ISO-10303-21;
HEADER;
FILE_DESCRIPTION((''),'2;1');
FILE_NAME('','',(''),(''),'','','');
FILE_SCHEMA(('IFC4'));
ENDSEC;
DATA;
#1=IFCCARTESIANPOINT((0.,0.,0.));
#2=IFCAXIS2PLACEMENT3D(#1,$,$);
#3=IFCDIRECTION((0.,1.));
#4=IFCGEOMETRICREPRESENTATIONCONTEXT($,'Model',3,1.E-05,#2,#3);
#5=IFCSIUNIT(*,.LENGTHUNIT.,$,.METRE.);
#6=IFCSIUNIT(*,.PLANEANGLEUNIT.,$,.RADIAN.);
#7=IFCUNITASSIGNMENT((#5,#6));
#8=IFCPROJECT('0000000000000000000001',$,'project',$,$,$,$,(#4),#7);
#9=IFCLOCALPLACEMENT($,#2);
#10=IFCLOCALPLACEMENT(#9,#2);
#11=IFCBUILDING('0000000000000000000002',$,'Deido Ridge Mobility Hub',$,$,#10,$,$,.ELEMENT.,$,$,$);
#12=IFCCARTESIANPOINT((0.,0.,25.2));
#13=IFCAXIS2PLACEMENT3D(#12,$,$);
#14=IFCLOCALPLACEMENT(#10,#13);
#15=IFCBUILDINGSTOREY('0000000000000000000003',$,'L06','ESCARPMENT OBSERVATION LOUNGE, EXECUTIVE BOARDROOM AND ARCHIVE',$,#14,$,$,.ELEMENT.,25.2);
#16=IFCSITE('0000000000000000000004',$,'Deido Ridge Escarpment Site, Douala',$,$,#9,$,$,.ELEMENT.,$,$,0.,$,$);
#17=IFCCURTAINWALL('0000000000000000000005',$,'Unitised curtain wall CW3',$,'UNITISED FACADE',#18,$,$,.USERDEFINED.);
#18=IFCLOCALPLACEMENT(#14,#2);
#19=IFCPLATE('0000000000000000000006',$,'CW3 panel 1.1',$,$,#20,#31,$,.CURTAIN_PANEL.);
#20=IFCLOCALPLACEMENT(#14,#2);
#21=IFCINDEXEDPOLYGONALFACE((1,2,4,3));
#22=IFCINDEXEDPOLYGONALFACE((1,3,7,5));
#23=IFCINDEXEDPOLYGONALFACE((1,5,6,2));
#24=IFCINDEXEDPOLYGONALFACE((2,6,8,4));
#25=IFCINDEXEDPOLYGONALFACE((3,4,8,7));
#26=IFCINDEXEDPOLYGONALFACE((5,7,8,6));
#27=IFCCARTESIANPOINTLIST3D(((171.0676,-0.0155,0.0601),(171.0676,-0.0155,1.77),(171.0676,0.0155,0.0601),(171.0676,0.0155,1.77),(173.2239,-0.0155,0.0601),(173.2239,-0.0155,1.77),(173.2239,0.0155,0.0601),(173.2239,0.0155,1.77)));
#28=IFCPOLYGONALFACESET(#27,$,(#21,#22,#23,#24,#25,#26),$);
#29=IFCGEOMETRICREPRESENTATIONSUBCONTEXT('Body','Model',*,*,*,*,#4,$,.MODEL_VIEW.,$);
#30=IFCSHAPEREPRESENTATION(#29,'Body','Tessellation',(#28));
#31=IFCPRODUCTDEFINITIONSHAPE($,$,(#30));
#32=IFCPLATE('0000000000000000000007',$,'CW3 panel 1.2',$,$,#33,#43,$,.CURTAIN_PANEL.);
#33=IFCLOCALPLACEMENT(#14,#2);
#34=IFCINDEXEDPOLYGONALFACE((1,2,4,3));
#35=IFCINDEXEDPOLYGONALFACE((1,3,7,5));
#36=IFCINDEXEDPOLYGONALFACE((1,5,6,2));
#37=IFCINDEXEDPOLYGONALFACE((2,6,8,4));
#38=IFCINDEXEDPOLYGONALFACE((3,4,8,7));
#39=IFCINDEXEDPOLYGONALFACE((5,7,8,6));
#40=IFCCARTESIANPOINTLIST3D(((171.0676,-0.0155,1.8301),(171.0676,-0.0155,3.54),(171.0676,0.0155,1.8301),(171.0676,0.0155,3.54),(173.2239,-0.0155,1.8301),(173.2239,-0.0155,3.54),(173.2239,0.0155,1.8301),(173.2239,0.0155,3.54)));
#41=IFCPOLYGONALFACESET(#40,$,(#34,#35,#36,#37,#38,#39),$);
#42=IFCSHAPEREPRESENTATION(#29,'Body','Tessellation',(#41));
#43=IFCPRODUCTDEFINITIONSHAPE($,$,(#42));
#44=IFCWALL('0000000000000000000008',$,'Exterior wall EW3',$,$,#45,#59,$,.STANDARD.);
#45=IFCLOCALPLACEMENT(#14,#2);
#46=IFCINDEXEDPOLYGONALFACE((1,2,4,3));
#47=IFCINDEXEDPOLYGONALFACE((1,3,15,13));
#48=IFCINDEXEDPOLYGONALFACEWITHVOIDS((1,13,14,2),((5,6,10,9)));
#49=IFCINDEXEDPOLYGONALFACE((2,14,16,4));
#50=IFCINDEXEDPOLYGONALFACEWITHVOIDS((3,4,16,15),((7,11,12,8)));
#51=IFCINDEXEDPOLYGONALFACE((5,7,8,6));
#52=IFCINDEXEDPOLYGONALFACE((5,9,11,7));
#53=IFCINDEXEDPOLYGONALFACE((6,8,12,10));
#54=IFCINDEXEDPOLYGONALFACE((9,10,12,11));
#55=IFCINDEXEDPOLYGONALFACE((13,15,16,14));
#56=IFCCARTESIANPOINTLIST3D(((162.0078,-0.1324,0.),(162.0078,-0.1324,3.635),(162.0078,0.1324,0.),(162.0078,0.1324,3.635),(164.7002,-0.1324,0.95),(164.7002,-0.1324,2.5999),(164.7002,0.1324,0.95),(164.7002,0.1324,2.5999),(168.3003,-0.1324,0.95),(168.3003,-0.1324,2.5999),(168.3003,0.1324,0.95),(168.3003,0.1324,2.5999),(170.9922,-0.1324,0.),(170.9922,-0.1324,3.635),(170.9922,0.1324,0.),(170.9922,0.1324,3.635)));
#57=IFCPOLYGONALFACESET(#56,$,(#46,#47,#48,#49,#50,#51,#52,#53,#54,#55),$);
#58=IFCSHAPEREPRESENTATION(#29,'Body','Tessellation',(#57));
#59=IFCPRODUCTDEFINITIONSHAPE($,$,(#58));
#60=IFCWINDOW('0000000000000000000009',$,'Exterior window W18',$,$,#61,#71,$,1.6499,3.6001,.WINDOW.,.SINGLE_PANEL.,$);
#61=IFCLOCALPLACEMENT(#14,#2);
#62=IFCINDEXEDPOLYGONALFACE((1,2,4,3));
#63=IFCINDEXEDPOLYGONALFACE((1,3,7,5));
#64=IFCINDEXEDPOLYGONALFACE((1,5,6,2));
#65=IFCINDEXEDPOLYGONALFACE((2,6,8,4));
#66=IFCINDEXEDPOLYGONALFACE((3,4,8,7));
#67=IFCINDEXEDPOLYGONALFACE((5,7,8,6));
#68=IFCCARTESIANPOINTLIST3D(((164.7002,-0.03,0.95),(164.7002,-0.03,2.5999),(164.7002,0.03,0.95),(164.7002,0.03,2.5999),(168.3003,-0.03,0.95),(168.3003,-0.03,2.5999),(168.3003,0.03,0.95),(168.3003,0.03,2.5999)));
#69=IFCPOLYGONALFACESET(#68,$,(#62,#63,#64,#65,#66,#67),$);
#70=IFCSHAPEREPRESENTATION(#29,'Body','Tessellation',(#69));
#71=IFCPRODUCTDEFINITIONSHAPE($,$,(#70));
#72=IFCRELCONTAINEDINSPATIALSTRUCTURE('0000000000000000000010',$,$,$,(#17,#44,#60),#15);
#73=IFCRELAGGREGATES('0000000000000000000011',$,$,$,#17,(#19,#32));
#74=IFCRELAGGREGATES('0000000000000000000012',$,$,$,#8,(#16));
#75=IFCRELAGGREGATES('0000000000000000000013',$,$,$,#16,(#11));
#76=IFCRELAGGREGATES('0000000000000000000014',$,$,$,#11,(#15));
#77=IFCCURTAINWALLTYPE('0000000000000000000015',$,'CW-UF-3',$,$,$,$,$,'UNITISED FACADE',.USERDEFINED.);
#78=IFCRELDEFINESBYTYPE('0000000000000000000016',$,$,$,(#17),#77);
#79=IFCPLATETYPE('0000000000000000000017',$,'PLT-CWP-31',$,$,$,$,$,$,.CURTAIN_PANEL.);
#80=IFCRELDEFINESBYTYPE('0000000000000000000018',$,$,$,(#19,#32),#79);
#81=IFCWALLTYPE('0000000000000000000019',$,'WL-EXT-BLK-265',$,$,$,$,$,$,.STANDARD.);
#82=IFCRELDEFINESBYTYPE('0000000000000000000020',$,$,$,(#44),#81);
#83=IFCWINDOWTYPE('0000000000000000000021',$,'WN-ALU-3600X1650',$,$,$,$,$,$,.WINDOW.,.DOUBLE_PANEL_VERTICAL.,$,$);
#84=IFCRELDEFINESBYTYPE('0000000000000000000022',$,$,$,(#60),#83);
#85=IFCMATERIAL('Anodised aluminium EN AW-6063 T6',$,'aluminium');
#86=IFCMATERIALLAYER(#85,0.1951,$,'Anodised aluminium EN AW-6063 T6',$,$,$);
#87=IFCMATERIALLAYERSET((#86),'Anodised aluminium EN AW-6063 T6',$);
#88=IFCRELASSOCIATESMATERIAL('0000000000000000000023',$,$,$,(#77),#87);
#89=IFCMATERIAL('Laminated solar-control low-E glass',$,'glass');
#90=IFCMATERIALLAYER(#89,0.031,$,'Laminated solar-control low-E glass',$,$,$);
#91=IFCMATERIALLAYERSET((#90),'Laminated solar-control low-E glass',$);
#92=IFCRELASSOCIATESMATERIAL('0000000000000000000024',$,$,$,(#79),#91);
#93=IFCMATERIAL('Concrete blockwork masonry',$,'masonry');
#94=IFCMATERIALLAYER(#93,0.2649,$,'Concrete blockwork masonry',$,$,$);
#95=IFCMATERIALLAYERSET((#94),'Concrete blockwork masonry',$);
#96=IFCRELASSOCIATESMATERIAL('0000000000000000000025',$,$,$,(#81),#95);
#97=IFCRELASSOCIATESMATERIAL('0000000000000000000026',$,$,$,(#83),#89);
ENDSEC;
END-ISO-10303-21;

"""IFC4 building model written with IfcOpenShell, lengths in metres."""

from ifc_helpers import new_model, si_unit, direction, frame, frame_2d, origin, origin_2d, place, context, subcontext, project, spatial, rectangle, extrude, material, layer, layer_set, type_object, element, fill, aggregate, save


model = new_model("IFC4")

# Units and contexts
model_context = context("Model", 3, precision=1e-05, world=origin(), true_north=direction((0.0, 1.0)))
body_context = subcontext(model_context, "Body", "Model", "MODEL_VIEW")
ifc_project = project(units=[si_unit("LENGTHUNIT", "METRE"), si_unit("PLANEANGLEUNIT", "RADIAN")], contexts=[model_context])

# Site, building, storey
site_placement = place(None, origin())
site = spatial("IfcSite", under=ifc_project, at=site_placement, Name="Deido Ridge Escarpment Site, Douala", CompositionType="ELEMENT", RefElevation=0.0)
building_placement = place(site_placement, origin())
building = spatial("IfcBuilding", under=site, at=building_placement, Name="Deido Ridge Mobility Hub", CompositionType="ELEMENT")
storey_placement = place(building_placement, frame((0.0, 0.0, 25.2)))
storey = spatial("IfcBuildingStorey", under=building, at=storey_placement, Name="L06", Description="ESCARPMENT OBSERVATION LOUNGE, EXECUTIVE BOARDROOM AND ARCHIVE", CompositionType="ELEMENT", Elevation=25.2)

# Curtain wall
ifc_material_1 = material(Name="Anodised aluminium EN AW-6063 T6", Category="aluminium")
ifc_layer_1 = layer(ifc_material_1, 0.1951, Name="Anodised aluminium EN AW-6063 T6")
ifc_layer_set_1 = layer_set([ifc_layer_1], Name="Anodised aluminium EN AW-6063 T6")
curtain_wall_type_1 = type_object("IfcCurtainWallType", Name="CW-UF-3", ElementType="UNITISED FACADE", PredefinedType="USERDEFINED", material=ifc_layer_set_1)
curtain_wall_1_placement = place(storey_placement, origin())
curtain_wall_1 = element("IfcCurtainWall", 1, at=curtain_wall_1_placement, inside=storey, type_object=curtain_wall_type_1, Name="Unitised curtain wall CW3", ObjectType="UNITISED FACADE", PredefinedType="USERDEFINED")

# Plates
ifc_material_2 = material(Name="Laminated solar-control low-E glass", Category="glass")
ifc_layer_2 = layer(ifc_material_2, 0.031, Name="Laminated solar-control low-E glass")
ifc_layer_set_2 = layer_set([ifc_layer_2], Name="Laminated solar-control low-E glass")
plate_type_1 = type_object("IfcPlateType", Name="PLT-CWP-31", PredefinedType="CURTAIN_PANEL", material=ifc_layer_set_2)
plate_1_placement = place(storey_placement, frame((172.1458, 0.0, 0.0601), z_axis=(0.0, 0.0, 1.0), x_axis=(1.0, 0.0, 0.0)))
plate_1 = element("IfcPlate", 2, at=plate_1_placement, type_object=plate_type_1, Name="CW3 panel 1.1", PredefinedType="CURTAIN_PANEL", context=body_context, shape_type="SweptSolid", body=[
    extrude(rectangle(XDim=2.1562, YDim=0.031, at=origin_2d()), origin(), (0.0, 0.0, 1.0), 1.71),
])
plate_2_placement = place(storey_placement, frame((172.1458, 0.0, 1.8301), z_axis=(0.0, 0.0, 1.0), x_axis=(1.0, 0.0, 0.0)))
plate_2 = element("IfcPlate", 3, at=plate_2_placement, type_object=plate_type_1, Name="CW3 panel 1.2", PredefinedType="CURTAIN_PANEL", context=body_context, shape_type="SweptSolid", body=[
    extrude(rectangle(XDim=2.1562, YDim=0.031, at=origin_2d()), origin(), (0.0, 0.0, 1.0), 1.71),
])
aggregate(curtain_wall_1, [plate_1, plate_2])

# Wall, opening, window
ifc_material_3 = material(Name="Concrete blockwork masonry", Category="masonry")
ifc_layer_3 = layer(ifc_material_3, 0.2649, Name="Concrete blockwork masonry")
ifc_layer_set_3 = layer_set([ifc_layer_3], Name="Concrete blockwork masonry")
wall_type = type_object("IfcWallType", Name="WL-EXT-BLK-265", PredefinedType="STANDARD", material=ifc_layer_set_3)
wall_placement = place(storey_placement, frame((162.0078, 0.0, 0.0), z_axis=(0.0, 0.0, 1.0), x_axis=(1.0, 0.0, 0.0)))
wall = element("IfcWall", 4, at=wall_placement, inside=storey, type_object=wall_type, Name="Exterior wall EW3", PredefinedType="STANDARD", context=body_context, shape_type="SweptSolid", body=[
    extrude(rectangle(XDim=8.9844, YDim=0.2649, at=frame_2d((4.4922, 0.0))), origin(), (0.0, 0.0, 1.0), 3.635),
])
opening_placement = place(wall_placement, frame((2.6924, 0.0, 0.95)))
opening = element("IfcOpeningElement", 5, at=opening_placement, cuts=wall, PredefinedType="OPENING", context=body_context, shape_type="SweptSolid", body=[
    extrude(rectangle(XDim=3.6001, YDim=1.6499, at=frame_2d((1.8, 0.825))), frame((0.0, 0.1426, 0.0), z_axis=(0.0, -1.0, 0.0), x_axis=(1.0, 0.0, 0.0)), (0.0, 0.0, 1.0), 0.2849),
])
window_type = type_object("IfcWindowType", Name="WN-ALU-3600X1650", PartitioningType="DOUBLE_PANEL_VERTICAL", PredefinedType="WINDOW", material=ifc_material_2)
window_placement = place(opening_placement, origin())
window = element("IfcWindow", 6, at=window_placement, inside=storey, type_object=window_type, Name="Exterior window W18", OverallHeight=1.6499, OverallWidth=3.6001, PartitioningType="SINGLE_PANEL", PredefinedType="WINDOW", context=body_context, shape_type="SweptSolid", body=[
    extrude(rectangle(XDim=3.6001, YDim=1.6499, at=frame_2d((1.8, 0.825))), frame((0.0, 0.03, 0.0), z_axis=(0.0, -1.0, 0.0), x_axis=(1.0, 0.0, 0.0)), (0.0, 0.0, 1.0), 0.0601),
])
fill(opening, window)

save(model, "model.ifc")
